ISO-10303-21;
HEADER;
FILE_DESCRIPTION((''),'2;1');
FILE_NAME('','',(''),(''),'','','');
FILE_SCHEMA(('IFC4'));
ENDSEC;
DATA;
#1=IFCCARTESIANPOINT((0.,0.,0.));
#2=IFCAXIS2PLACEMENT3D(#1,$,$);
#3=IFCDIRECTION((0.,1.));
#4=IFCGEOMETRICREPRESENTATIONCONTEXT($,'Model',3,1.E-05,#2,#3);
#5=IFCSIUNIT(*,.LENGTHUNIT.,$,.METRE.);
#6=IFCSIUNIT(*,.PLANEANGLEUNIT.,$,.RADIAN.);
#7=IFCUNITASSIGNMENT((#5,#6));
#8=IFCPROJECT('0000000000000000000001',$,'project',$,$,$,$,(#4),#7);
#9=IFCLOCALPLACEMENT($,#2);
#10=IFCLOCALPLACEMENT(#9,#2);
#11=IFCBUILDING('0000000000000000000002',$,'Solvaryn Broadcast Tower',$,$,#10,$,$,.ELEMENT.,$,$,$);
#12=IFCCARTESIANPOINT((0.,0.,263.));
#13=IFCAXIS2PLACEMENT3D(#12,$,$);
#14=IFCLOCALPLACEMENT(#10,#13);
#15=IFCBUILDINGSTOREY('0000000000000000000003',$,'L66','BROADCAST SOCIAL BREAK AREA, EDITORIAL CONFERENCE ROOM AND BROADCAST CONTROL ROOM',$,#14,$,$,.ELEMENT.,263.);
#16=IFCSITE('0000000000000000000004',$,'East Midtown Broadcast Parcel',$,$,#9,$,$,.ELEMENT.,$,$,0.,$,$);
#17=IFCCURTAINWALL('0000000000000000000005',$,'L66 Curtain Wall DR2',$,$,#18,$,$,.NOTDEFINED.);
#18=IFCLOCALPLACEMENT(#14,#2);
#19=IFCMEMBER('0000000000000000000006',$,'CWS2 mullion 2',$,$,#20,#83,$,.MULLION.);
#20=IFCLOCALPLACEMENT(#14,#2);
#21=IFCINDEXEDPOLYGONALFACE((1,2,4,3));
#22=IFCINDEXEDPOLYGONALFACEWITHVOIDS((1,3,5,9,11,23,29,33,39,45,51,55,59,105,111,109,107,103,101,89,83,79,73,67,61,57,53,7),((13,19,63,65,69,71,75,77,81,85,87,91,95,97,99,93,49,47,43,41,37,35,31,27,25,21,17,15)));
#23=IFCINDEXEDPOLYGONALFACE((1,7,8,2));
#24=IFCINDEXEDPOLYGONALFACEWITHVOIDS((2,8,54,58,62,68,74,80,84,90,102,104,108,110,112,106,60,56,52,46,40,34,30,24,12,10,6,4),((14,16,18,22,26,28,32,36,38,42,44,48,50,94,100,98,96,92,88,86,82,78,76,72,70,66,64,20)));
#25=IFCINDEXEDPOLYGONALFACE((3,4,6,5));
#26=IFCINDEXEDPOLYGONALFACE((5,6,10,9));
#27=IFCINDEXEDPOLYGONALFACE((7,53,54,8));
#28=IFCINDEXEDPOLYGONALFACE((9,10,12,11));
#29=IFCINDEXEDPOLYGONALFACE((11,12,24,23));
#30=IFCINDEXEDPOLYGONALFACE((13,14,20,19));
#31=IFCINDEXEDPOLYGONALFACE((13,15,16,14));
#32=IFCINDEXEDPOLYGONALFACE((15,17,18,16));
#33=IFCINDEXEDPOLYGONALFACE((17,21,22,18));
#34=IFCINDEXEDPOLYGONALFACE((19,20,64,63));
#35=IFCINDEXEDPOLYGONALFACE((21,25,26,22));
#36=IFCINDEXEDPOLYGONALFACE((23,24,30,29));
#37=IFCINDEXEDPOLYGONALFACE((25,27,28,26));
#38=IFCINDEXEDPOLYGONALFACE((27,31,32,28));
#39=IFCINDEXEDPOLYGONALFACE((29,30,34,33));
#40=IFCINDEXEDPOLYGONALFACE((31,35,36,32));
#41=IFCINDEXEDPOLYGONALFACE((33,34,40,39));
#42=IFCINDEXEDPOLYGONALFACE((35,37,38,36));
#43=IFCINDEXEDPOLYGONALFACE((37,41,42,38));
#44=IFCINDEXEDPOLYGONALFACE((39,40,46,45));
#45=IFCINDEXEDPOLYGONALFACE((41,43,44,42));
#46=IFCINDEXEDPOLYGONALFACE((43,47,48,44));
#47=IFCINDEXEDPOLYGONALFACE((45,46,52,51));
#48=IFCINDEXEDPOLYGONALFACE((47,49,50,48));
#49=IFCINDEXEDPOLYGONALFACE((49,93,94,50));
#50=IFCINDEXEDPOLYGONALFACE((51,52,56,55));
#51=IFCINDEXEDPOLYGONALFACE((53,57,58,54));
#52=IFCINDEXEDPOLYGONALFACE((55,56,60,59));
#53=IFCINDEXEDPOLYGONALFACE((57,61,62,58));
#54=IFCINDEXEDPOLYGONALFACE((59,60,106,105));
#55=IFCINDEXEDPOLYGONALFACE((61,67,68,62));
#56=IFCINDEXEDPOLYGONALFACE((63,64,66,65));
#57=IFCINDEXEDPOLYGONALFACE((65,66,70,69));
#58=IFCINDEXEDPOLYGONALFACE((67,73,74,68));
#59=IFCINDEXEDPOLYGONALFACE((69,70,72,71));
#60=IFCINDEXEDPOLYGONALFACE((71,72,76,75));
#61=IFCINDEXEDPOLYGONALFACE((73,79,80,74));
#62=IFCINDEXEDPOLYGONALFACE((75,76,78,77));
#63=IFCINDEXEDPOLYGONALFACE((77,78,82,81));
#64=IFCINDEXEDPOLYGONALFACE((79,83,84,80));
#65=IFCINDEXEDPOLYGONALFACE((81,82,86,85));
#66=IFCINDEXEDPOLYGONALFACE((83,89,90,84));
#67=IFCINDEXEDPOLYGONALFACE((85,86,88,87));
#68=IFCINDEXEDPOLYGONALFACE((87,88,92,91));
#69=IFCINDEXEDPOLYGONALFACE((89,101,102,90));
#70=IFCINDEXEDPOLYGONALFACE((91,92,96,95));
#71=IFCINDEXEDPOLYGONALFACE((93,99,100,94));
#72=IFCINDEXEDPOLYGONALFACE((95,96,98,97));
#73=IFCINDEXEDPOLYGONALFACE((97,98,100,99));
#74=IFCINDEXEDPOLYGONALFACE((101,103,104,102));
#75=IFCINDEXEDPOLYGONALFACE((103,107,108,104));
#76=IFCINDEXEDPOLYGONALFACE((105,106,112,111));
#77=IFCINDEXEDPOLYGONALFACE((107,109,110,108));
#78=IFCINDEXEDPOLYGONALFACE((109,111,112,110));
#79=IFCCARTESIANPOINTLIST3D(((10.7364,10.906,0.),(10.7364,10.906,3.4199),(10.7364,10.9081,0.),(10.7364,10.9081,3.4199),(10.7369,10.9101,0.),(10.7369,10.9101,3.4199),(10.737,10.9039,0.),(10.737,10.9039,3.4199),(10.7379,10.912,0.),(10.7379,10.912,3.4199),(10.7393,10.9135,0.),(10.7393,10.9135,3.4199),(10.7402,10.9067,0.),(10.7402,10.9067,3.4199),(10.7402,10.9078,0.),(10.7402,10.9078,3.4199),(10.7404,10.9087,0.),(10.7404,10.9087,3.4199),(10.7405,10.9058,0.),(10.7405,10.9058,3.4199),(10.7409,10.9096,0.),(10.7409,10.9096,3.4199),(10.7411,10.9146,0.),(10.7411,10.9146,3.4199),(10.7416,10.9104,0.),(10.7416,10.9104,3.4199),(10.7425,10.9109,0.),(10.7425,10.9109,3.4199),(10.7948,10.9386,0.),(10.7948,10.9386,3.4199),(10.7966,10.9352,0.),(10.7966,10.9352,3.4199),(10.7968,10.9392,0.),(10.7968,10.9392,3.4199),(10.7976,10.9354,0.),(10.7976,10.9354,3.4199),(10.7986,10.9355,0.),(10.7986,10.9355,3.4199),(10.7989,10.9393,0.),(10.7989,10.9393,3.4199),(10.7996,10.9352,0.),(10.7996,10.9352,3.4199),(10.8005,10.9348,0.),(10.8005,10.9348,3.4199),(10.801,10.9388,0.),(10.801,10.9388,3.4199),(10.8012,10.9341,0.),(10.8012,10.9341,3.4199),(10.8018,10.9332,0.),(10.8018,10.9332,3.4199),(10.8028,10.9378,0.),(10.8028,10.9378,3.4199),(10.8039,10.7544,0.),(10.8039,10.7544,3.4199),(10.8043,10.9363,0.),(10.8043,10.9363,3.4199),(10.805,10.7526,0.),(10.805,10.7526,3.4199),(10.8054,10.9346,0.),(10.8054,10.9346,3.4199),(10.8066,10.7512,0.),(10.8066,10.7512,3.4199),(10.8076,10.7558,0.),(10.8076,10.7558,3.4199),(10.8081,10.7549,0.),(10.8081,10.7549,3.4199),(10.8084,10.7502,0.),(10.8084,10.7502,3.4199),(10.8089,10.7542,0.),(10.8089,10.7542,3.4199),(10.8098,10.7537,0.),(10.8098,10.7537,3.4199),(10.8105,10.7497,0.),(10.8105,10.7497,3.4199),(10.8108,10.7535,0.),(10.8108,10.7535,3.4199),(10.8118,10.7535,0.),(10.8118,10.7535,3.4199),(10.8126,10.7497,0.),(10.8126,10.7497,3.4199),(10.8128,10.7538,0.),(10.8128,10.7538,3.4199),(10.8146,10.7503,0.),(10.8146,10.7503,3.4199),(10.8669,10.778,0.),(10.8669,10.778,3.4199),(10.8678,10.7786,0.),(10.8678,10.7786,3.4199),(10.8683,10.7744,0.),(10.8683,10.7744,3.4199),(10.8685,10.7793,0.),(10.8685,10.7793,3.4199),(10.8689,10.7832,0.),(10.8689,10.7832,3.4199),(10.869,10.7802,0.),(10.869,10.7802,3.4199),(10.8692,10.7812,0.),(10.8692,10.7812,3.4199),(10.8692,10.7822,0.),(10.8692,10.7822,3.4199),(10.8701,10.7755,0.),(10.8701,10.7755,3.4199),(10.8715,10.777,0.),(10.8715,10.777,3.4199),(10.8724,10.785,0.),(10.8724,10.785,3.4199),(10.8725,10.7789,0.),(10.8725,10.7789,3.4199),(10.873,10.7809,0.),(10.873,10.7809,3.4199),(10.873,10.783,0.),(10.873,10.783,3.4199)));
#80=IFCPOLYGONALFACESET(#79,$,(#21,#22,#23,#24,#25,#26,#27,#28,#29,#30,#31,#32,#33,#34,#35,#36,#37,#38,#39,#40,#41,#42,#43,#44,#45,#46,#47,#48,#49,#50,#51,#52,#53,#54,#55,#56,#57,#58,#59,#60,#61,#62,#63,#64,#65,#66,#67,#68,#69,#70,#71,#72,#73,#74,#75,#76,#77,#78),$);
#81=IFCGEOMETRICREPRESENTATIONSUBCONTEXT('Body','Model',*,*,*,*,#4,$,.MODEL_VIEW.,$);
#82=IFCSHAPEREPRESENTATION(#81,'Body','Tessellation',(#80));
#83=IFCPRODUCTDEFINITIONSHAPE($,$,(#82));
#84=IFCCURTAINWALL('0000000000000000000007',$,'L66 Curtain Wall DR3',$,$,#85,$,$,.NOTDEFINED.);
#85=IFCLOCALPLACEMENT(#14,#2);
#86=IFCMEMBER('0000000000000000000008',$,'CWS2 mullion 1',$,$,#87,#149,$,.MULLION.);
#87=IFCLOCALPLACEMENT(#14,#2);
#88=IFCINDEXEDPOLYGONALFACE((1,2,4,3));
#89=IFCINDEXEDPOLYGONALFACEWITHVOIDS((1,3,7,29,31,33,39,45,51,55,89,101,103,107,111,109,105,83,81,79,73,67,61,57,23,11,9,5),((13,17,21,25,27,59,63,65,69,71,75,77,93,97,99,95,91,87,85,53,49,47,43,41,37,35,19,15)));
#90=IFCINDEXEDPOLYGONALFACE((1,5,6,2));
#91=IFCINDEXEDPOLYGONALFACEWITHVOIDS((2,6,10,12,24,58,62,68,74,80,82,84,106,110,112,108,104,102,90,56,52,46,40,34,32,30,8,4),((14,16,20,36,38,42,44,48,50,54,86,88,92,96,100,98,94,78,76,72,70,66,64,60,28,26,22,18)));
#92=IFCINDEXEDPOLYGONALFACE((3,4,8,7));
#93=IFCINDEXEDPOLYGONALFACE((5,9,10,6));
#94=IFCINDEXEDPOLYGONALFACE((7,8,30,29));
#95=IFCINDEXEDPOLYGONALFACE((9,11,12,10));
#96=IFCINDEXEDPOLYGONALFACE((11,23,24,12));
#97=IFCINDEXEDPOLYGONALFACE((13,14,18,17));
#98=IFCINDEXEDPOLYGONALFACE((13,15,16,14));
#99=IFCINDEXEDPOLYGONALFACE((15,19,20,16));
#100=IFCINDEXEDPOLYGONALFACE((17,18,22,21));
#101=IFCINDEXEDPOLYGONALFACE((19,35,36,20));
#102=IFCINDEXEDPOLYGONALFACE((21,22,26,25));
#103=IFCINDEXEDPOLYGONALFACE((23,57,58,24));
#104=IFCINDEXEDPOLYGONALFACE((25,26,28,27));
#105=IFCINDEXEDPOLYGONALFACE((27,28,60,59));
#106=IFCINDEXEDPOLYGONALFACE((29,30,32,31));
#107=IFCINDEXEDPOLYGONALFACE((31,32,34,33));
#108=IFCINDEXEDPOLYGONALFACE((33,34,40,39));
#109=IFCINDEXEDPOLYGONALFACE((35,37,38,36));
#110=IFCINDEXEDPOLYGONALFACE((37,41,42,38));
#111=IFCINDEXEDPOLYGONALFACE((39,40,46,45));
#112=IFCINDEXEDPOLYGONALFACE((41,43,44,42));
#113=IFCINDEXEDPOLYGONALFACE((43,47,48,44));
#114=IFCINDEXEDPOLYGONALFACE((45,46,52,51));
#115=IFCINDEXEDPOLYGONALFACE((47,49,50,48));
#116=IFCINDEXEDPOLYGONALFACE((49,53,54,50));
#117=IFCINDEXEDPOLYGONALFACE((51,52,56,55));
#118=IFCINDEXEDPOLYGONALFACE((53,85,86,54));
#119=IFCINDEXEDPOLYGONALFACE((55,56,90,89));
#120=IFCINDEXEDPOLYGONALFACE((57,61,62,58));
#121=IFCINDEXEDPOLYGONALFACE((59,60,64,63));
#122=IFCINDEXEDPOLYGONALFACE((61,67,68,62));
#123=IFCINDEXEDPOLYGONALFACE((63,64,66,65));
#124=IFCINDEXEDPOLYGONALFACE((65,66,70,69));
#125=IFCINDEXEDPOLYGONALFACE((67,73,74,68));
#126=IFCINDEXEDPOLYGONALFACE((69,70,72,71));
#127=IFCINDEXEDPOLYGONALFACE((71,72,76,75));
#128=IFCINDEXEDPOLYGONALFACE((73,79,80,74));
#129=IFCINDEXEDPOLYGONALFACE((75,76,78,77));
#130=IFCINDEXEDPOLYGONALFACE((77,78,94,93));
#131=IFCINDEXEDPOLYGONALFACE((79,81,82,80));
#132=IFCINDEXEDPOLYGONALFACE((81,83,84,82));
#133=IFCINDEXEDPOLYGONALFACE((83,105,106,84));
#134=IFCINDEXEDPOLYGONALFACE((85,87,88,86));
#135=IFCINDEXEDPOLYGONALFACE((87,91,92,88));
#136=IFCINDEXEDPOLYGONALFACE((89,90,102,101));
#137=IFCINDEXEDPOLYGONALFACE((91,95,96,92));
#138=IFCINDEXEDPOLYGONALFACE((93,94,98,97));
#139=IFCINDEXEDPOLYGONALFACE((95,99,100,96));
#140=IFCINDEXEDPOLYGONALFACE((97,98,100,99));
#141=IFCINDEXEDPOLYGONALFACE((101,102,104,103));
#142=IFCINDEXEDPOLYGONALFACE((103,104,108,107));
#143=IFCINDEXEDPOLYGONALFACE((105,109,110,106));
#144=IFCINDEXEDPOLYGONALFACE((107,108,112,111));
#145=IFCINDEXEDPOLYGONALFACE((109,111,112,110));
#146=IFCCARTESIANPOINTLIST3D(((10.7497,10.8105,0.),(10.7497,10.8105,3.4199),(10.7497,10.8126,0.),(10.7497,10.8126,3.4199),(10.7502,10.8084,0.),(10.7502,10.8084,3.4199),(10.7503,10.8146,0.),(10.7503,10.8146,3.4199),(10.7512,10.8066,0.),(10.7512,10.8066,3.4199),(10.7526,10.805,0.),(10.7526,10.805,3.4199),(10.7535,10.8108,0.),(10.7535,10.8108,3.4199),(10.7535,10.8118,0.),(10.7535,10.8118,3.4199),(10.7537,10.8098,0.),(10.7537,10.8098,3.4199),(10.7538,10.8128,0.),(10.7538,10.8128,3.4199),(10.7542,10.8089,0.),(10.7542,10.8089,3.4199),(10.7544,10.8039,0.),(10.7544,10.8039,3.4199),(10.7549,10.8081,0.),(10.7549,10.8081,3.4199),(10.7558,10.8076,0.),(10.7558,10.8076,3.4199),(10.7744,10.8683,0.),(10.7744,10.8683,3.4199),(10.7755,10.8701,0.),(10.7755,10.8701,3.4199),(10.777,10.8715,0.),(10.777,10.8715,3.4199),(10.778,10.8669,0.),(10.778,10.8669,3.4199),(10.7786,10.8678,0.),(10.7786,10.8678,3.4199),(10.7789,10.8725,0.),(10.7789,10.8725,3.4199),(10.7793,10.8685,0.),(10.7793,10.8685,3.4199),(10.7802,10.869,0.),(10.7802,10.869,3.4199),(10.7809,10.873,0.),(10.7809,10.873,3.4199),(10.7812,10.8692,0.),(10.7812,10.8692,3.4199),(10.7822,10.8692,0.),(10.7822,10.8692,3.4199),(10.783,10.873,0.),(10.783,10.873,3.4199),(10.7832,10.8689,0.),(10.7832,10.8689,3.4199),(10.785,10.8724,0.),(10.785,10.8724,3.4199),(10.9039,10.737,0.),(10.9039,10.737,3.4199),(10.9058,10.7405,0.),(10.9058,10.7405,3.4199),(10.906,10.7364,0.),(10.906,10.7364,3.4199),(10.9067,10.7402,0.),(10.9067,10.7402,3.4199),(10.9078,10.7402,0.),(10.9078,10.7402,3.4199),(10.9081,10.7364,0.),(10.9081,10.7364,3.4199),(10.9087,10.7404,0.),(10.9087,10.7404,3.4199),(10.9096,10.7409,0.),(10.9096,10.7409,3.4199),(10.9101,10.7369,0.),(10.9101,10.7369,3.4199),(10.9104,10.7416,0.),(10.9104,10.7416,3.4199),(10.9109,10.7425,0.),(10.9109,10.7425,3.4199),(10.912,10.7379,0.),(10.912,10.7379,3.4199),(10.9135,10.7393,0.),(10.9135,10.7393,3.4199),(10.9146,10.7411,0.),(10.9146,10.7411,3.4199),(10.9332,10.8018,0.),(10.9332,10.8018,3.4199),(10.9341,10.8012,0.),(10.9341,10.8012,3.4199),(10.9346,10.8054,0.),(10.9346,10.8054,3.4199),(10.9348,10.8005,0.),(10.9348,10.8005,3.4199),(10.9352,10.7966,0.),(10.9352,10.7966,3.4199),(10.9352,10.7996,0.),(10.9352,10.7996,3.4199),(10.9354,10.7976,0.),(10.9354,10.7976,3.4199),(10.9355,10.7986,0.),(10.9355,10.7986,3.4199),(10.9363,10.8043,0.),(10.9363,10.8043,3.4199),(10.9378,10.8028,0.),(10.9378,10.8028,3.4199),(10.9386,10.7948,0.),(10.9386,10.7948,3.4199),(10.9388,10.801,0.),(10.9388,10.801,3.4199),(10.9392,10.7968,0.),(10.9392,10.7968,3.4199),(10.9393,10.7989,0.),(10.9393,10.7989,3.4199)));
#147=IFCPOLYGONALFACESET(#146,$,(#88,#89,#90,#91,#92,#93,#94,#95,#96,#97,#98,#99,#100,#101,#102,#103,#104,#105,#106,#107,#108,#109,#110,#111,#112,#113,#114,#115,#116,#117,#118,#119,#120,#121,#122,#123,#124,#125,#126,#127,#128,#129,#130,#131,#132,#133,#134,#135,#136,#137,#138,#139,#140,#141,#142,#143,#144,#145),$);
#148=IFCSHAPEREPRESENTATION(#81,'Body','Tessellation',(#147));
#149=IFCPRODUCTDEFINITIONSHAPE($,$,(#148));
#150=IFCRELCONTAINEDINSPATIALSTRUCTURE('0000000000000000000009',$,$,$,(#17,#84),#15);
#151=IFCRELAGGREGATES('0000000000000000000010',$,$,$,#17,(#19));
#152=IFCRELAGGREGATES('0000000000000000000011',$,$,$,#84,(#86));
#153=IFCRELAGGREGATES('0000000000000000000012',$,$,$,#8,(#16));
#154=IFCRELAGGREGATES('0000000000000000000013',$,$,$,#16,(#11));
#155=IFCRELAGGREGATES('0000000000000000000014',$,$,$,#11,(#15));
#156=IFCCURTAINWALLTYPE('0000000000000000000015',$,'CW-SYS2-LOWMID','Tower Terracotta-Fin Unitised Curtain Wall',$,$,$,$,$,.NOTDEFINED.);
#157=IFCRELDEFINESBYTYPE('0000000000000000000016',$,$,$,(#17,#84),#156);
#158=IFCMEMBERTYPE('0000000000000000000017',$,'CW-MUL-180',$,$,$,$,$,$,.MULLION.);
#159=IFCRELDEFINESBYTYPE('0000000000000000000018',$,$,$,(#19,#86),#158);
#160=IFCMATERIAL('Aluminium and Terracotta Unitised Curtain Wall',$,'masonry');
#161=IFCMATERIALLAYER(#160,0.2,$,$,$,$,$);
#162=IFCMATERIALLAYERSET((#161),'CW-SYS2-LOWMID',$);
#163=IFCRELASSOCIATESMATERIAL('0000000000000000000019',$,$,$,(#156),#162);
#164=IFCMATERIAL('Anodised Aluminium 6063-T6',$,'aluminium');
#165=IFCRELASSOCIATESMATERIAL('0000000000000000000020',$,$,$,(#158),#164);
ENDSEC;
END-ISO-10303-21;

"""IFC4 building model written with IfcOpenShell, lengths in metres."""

from ifc_helpers import new_model, si_unit, direction, frame, origin, origin_2d, place, context, subcontext, project, spatial, hollow_rectangle, extrude, material, layer, layer_set, material_profile, profile_set, type_object, element, aggregate, save


model = new_model("IFC4")

# Units and contexts
model_context = context("Model", 3, precision=1e-05, world=origin(), true_north=direction((0.0, 1.0)))
body_context = subcontext(model_context, "Body", "Model", "MODEL_VIEW")
ifc_project = project(units=[si_unit("LENGTHUNIT", "METRE"), si_unit("PLANEANGLEUNIT", "RADIAN")], contexts=[model_context])

# Site, building, storey
site_placement = place(None, origin())
site = spatial("IfcSite", under=ifc_project, at=site_placement, Name="East Midtown Broadcast Parcel", CompositionType="ELEMENT", RefElevation=0.0)
building_placement = place(site_placement, origin())
building = spatial("IfcBuilding", under=site, at=building_placement, Name="Solvaryn Broadcast Tower", CompositionType="ELEMENT")
storey_placement = place(building_placement, frame((0.0, 0.0, 263.0)))
storey = spatial("IfcBuildingStorey", under=building, at=storey_placement, Name="L66", Description="BROADCAST SOCIAL BREAK AREA, EDITORIAL CONFERENCE ROOM AND BROADCAST CONTROL ROOM", CompositionType="ELEMENT", Elevation=263.0)

# Curtain wall, member
ifc_material_1 = material(Name="Aluminium and Terracotta Unitised Curtain Wall", Category="masonry")
ifc_layer_1 = layer(ifc_material_1, 0.2)
ifc_layer_set_1 = layer_set([ifc_layer_1], Name="CW-SYS2-LOWMID")
curtain_wall_type = type_object("IfcCurtainWallType", Name="CW-SYS2-LOWMID", Description="Tower Terracotta-Fin Unitised Curtain Wall", PredefinedType="NOTDEFINED", material=ifc_layer_set_1)
curtain_wall_1_placement = place(storey_placement, origin())
curtain_wall_1 = element("IfcCurtainWall", 1, at=curtain_wall_1_placement, inside=storey, type_object=curtain_wall_type, Name="L66 Curtain Wall DR2", PredefinedType="NOTDEFINED")
ifc_material_2 = material(Name="Anodised Aluminium 6063-T6", Category="aluminium")
ifc_material_profile_1 = material_profile(ifc_material_2, hollow_rectangle(XDim=0.075, YDim=0.1799, WallThickness=0.0039, InnerFilletRadius=0.0039, OuterFilletRadius=0.0081, at=origin_2d()))
ifc_profile_set_1 = profile_set([ifc_material_profile_1], Name="Anodised Aluminium 6063-T6")
member_type_1 = type_object("IfcMemberType", Name="CW-MUL-180", PredefinedType="MULLION", material=ifc_profile_set_1)
member_1_placement = place(storey_placement, frame((10.8047, 10.8445, 0.0), z_axis=(0.0, 0.0, 1.0), x_axis=(0.912774, 0.408466, 0.0)))
member_1 = element("IfcMember", 2, at=member_1_placement, type_object=member_type_1, Name="CWS2 mullion 2", PredefinedType="MULLION", context=body_context, shape_type="SweptSolid", body=[
    extrude(hollow_rectangle(XDim=0.075, YDim=0.1799, WallThickness=0.0039, InnerFilletRadius=0.0039, OuterFilletRadius=0.0081, at=origin_2d()), origin(), (0.0, 0.0, 1.0), 3.4199),
])
aggregate(curtain_wall_1, [member_1])

# Curtain wall, member
curtain_wall_2_placement = place(storey_placement, origin())
curtain_wall_2 = element("IfcCurtainWall", 3, at=curtain_wall_2_placement, inside=storey, type_object=curtain_wall_type, Name="L66 Curtain Wall DR3", PredefinedType="NOTDEFINED")
member_2_placement = place(storey_placement, frame((10.8445, 10.8047, 0.0), z_axis=(0.0, 0.0, 1.0), x_axis=(0.408466, 0.912774, 0.0)))
member_2 = element("IfcMember", 4, at=member_2_placement, type_object=member_type_1, Name="CWS2 mullion 1", PredefinedType="MULLION", context=body_context, shape_type="SweptSolid", body=[
    extrude(hollow_rectangle(XDim=0.075, YDim=0.1799, WallThickness=0.0039, InnerFilletRadius=0.0039, OuterFilletRadius=0.0081, at=origin_2d()), origin(), (0.0, 0.0, 1.0), 3.4199),
])
aggregate(curtain_wall_2, [member_2])

save(model, "model.ifc")
